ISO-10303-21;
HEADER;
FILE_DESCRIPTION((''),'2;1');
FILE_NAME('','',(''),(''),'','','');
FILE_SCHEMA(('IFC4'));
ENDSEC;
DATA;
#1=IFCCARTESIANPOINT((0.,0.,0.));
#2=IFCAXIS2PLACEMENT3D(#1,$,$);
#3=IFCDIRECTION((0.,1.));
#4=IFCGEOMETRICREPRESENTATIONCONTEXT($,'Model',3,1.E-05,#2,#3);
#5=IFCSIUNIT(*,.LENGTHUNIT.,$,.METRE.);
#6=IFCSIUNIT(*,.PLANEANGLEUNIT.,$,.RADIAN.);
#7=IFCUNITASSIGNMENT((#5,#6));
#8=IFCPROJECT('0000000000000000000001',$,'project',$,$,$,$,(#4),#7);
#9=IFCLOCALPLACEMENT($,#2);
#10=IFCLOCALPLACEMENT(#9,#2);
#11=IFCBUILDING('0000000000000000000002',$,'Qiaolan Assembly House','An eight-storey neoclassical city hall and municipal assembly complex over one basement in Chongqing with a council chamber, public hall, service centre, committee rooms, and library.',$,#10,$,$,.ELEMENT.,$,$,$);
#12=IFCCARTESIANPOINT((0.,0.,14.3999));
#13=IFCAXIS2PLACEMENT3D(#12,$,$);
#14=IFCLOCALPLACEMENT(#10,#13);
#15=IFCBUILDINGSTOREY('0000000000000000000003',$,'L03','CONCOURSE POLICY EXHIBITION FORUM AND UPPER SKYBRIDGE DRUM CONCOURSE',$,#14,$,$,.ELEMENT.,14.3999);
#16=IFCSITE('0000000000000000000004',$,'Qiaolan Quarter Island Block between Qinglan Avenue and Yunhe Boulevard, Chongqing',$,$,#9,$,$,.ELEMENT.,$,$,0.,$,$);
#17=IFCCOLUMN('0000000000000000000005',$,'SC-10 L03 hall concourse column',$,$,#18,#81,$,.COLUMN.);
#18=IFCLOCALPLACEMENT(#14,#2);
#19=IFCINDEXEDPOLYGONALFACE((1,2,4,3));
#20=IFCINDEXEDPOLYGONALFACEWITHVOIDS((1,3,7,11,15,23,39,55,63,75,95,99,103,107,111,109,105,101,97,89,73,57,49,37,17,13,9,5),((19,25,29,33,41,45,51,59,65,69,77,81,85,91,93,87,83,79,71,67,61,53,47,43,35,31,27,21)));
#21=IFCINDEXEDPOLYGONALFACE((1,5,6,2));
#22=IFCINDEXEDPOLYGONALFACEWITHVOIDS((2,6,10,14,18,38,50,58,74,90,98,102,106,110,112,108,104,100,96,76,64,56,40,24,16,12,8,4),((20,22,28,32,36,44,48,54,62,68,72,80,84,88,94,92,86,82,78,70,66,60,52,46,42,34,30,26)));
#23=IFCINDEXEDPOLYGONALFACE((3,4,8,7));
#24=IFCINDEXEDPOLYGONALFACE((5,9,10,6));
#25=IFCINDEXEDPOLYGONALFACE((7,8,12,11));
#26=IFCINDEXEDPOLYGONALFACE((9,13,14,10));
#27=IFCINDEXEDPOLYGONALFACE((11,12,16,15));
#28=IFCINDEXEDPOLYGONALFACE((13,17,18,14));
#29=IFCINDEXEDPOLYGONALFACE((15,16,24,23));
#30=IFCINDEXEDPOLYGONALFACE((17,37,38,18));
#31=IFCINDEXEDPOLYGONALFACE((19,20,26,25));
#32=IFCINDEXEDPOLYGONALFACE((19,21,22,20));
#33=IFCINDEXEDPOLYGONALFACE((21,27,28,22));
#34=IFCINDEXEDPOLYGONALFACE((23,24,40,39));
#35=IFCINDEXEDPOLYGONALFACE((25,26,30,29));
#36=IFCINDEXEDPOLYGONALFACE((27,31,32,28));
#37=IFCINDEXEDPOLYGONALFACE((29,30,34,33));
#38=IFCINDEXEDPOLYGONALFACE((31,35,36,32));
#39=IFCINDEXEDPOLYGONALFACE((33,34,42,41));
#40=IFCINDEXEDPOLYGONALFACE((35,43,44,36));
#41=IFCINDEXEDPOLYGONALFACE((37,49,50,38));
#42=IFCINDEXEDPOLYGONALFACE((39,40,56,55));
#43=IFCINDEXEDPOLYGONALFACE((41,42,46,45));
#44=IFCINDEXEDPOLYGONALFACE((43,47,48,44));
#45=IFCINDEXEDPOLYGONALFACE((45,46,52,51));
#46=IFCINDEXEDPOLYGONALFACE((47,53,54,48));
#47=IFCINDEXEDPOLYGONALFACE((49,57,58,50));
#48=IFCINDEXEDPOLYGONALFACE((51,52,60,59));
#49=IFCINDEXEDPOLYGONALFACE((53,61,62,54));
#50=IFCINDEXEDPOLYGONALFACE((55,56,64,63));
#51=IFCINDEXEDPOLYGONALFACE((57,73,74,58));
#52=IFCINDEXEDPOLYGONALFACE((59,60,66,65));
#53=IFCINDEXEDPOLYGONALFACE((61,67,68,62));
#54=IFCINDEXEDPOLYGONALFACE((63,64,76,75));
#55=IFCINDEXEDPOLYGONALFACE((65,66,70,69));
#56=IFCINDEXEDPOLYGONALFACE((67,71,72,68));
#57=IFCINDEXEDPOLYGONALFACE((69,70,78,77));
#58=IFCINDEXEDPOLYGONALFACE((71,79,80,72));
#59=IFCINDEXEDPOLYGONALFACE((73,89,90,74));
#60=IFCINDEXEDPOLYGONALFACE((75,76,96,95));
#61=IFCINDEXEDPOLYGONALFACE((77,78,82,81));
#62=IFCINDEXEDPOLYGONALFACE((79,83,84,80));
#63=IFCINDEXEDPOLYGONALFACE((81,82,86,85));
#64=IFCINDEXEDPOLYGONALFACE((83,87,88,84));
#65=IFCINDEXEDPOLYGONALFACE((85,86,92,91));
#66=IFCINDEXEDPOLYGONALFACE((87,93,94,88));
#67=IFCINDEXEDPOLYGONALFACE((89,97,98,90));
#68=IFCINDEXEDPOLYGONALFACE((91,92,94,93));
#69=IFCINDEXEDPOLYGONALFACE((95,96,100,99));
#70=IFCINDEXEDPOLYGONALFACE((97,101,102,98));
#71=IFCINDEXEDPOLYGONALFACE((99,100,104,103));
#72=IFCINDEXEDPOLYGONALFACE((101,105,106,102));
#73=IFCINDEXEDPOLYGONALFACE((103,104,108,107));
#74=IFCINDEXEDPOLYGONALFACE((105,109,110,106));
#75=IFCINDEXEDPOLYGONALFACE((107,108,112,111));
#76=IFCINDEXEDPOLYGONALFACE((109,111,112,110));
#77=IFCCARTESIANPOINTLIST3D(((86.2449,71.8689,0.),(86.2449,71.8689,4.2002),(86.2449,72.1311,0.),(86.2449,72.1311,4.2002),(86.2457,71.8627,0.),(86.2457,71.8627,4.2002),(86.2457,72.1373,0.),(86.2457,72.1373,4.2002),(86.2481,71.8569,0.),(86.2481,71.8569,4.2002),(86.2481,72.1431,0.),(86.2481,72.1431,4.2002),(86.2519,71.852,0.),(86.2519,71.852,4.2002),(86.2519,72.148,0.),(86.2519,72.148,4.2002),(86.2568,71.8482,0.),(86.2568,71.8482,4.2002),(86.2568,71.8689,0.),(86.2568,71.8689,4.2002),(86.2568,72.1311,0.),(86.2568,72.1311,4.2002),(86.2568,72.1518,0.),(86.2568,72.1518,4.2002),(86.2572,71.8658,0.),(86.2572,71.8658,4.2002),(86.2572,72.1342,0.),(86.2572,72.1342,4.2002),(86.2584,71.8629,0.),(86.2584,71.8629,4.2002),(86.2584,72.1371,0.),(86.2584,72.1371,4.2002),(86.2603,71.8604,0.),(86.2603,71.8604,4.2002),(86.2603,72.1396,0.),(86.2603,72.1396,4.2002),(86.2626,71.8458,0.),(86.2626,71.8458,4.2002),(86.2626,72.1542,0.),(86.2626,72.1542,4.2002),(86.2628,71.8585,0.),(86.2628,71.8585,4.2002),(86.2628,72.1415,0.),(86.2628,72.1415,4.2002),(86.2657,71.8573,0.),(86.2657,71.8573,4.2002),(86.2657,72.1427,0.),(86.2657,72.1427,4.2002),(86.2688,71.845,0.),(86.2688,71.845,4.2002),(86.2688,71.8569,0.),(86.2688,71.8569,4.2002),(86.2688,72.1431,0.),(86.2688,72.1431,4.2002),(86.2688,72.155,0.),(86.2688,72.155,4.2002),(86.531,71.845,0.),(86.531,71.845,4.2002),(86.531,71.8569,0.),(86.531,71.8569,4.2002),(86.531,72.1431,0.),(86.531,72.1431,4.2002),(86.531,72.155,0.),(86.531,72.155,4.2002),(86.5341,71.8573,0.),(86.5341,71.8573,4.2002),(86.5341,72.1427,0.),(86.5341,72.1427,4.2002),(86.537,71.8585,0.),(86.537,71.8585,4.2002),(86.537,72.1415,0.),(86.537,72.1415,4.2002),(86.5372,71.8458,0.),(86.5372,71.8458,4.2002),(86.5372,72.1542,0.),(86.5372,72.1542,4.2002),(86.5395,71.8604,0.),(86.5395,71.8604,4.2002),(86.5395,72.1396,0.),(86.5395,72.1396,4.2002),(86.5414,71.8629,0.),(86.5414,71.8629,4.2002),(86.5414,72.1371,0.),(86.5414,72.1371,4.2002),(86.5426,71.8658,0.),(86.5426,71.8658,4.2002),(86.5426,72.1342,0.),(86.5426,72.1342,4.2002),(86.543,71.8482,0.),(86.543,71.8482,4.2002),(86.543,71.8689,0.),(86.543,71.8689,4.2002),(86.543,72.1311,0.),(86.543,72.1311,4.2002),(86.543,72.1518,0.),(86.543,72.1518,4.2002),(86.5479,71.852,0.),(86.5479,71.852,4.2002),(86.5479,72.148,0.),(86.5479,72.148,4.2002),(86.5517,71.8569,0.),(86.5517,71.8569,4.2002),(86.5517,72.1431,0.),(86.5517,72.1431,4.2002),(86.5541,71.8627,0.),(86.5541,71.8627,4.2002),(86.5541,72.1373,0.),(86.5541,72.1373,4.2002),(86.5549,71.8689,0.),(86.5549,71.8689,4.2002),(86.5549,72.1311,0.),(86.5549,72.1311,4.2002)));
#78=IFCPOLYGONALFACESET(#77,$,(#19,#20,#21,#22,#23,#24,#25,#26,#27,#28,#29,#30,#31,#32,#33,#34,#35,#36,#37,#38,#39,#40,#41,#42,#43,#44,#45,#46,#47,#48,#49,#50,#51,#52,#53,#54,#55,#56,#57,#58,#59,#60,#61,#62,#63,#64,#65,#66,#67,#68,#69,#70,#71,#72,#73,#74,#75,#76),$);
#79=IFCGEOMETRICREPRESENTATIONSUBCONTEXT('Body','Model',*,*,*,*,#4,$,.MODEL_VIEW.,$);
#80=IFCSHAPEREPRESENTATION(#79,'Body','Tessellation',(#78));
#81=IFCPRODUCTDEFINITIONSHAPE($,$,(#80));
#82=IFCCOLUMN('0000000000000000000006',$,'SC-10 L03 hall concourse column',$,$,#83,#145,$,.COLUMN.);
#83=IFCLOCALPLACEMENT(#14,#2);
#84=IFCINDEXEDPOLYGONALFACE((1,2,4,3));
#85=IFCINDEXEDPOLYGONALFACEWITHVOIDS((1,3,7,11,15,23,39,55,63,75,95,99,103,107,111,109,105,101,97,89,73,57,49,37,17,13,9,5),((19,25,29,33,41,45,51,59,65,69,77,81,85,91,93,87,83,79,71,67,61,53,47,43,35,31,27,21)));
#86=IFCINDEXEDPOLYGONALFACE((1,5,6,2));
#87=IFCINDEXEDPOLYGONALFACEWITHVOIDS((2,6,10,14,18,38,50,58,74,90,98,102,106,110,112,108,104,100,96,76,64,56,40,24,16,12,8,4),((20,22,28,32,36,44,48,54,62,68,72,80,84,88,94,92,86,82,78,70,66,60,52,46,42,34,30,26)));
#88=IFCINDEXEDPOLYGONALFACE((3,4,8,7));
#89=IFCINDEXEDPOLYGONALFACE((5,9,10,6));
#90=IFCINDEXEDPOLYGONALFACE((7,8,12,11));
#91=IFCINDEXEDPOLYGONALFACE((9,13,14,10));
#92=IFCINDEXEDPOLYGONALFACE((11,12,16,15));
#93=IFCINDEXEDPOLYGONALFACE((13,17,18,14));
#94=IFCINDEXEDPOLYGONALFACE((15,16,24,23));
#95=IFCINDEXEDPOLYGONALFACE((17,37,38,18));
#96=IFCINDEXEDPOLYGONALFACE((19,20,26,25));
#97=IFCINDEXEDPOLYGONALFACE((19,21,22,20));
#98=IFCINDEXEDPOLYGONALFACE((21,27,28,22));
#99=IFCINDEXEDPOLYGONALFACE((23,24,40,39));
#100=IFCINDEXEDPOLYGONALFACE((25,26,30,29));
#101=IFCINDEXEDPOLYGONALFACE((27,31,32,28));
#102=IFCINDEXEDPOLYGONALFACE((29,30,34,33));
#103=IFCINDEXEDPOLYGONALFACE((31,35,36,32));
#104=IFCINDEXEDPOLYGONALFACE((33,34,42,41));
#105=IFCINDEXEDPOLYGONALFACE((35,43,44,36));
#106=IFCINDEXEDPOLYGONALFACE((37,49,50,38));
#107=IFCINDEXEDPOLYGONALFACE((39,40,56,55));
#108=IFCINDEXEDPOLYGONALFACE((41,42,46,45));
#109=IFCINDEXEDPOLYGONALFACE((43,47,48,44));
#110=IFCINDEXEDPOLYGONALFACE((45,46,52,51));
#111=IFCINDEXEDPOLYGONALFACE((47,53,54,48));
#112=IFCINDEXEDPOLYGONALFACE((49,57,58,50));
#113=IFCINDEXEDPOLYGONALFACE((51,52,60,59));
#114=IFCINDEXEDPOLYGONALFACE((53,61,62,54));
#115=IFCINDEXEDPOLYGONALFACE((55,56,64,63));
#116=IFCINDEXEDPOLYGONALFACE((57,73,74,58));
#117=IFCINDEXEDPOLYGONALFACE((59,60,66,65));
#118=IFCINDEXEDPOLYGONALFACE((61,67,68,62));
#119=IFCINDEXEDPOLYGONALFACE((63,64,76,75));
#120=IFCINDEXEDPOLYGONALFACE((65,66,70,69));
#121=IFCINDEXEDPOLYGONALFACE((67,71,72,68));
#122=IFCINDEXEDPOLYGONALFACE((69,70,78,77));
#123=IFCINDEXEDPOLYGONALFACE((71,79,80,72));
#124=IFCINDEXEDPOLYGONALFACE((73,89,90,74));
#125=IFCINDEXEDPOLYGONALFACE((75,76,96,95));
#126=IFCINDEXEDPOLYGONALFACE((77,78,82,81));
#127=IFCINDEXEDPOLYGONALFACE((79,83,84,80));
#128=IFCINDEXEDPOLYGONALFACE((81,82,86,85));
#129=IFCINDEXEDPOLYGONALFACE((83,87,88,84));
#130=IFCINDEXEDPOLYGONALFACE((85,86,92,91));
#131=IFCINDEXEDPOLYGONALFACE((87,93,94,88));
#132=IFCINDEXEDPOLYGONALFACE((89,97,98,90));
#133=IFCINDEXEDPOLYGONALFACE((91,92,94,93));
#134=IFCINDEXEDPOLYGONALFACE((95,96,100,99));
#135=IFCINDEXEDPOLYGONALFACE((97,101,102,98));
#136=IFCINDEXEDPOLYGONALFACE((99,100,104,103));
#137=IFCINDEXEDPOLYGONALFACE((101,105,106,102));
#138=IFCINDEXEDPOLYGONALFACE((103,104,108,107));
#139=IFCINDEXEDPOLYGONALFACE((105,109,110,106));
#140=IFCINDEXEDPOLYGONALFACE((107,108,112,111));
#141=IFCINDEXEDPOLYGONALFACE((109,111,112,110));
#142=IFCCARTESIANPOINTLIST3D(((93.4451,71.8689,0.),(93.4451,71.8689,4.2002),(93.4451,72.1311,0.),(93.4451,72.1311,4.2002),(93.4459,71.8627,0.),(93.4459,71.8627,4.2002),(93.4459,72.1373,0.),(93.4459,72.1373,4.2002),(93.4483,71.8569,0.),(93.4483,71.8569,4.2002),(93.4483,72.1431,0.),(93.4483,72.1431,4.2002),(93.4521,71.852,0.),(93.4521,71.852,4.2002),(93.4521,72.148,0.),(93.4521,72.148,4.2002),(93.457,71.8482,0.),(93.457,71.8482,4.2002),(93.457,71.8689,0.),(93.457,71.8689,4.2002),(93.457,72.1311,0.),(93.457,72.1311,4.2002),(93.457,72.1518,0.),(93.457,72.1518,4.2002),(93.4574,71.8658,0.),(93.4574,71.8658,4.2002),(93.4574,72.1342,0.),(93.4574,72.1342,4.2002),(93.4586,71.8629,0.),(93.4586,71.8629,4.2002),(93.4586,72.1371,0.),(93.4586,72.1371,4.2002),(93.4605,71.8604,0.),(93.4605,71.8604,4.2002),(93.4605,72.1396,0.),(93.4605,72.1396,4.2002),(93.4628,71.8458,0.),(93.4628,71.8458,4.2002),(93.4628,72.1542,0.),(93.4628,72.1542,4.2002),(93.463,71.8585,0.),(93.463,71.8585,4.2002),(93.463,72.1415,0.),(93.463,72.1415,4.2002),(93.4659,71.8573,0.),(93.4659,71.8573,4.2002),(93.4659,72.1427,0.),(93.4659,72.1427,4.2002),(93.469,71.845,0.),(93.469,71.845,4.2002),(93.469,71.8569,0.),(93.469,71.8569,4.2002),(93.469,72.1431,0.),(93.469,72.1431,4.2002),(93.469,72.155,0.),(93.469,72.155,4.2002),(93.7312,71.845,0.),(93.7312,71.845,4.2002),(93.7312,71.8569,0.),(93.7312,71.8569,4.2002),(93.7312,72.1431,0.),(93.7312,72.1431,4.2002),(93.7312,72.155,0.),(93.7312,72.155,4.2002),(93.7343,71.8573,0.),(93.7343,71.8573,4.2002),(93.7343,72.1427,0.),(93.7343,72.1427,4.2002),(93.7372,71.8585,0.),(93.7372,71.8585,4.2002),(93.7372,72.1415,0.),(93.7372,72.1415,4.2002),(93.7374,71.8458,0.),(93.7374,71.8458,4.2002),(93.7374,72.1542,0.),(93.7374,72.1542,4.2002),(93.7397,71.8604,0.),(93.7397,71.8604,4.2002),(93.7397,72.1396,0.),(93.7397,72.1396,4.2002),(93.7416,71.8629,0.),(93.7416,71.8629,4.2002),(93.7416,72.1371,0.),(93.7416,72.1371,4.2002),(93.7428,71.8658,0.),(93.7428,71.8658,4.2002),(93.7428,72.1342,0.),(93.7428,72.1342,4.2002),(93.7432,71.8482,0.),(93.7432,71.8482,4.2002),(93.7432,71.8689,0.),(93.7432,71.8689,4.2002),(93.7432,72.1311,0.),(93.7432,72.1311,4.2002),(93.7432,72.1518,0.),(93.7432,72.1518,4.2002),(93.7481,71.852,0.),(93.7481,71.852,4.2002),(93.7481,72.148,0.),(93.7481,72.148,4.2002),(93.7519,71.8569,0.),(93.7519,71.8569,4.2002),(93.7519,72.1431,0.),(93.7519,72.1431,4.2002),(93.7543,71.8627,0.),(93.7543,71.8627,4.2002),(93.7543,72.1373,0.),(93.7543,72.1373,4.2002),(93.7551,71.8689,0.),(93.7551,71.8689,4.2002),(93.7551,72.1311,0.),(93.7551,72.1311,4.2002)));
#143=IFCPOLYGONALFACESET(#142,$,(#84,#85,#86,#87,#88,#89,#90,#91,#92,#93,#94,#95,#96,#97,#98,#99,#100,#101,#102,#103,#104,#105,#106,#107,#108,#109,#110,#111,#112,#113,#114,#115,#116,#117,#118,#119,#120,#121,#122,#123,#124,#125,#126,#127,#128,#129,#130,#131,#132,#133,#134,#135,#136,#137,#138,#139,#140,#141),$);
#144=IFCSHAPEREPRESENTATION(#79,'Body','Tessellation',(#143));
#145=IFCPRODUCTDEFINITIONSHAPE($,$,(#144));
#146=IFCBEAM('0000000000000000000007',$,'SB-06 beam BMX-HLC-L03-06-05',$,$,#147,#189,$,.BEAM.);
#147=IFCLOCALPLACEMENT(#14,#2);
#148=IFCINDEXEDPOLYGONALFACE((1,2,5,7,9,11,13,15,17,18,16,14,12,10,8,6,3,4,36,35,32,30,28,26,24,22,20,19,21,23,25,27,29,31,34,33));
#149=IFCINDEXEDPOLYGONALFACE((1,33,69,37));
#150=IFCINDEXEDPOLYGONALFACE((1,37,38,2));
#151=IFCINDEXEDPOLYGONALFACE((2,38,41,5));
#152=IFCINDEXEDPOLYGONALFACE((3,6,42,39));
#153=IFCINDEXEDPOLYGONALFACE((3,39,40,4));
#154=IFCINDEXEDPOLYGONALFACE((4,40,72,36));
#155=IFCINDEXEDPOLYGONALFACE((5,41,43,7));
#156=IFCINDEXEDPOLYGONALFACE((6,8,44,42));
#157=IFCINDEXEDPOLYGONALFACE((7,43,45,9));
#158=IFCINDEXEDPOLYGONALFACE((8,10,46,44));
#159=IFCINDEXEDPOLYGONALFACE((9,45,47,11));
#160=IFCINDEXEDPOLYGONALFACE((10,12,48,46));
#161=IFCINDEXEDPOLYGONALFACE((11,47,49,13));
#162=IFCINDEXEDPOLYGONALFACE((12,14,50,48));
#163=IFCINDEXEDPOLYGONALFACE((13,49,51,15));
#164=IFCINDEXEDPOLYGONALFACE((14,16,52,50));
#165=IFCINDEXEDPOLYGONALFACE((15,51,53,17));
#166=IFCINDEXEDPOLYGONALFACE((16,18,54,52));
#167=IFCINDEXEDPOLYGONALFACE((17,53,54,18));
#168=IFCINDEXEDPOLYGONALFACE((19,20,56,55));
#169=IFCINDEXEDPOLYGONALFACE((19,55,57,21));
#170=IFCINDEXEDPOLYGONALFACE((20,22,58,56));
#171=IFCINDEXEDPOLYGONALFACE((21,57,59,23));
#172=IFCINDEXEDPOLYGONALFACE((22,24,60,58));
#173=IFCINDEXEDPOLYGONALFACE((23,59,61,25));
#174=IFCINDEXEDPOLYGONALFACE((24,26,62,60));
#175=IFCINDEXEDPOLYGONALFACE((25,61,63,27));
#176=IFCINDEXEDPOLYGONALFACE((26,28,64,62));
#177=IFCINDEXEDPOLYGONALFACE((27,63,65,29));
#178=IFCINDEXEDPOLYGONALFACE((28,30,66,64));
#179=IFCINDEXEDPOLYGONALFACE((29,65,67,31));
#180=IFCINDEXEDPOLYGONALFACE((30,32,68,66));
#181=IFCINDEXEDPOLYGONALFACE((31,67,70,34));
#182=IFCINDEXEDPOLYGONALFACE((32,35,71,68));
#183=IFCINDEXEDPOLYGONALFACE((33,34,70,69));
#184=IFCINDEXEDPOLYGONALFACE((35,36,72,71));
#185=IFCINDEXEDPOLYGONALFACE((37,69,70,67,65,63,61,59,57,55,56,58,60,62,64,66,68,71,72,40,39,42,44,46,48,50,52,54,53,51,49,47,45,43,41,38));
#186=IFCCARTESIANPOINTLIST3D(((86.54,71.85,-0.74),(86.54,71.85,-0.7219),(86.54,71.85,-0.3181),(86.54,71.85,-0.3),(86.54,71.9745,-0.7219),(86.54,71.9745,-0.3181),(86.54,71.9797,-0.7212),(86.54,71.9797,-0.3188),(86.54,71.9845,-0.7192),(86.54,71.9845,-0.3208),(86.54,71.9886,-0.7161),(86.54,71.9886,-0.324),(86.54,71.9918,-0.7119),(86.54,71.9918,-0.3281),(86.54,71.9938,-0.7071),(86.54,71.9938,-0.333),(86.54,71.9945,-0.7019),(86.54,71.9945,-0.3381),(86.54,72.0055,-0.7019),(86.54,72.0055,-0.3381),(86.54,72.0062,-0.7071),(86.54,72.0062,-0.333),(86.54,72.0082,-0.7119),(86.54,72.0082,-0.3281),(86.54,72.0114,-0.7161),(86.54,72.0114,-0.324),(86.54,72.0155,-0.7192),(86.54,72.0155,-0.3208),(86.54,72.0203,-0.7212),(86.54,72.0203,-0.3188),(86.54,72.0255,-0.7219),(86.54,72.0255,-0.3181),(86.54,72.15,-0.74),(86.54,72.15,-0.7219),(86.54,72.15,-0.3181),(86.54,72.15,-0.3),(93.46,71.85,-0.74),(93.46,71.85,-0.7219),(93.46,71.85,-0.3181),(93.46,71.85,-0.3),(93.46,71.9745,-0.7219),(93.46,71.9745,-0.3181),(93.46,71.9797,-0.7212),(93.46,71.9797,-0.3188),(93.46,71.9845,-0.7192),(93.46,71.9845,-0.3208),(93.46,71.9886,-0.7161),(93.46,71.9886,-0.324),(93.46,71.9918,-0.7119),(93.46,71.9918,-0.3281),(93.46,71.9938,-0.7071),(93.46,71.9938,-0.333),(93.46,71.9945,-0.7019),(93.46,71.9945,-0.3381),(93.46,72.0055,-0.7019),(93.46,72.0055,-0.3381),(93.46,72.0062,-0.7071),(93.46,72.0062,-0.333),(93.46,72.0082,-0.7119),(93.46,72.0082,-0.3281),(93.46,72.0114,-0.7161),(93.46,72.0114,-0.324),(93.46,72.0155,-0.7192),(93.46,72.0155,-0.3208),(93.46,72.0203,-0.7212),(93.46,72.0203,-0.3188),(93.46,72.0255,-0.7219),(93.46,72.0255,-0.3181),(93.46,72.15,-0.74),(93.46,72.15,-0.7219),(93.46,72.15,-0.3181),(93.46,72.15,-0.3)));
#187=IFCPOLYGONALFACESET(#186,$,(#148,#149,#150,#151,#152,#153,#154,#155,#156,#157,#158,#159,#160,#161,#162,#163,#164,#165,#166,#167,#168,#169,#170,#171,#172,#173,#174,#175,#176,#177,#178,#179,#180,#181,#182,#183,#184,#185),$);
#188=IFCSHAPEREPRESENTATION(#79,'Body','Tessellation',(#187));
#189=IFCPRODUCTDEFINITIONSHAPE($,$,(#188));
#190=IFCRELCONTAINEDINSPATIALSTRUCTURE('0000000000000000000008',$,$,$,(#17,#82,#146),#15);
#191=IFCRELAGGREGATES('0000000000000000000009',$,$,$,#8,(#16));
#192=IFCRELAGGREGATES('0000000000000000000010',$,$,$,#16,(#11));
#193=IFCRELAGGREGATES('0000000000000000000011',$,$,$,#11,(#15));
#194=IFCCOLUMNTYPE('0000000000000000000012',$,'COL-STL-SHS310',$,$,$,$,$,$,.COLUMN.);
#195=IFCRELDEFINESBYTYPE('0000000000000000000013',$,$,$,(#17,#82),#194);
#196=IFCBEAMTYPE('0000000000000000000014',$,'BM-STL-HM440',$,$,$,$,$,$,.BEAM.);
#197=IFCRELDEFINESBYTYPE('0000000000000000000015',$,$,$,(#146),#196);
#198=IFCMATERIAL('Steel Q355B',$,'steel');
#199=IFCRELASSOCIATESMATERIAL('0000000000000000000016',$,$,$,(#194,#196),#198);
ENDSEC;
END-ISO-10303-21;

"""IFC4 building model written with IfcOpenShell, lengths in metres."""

from ifc_helpers import new_model, si_unit, direction, frame, origin, origin_2d, place, context, subcontext, project, spatial, hollow_rectangle, i_section, extrude, material, material_profile, profile_set, type_object, element, save


model = new_model("IFC4")

# Units and contexts
model_context = context("Model", 3, precision=1e-05, world=origin(), true_north=direction((0.0, 1.0)))
body_context = subcontext(model_context, "Body", "Model", "MODEL_VIEW")
ifc_project = project(units=[si_unit("LENGTHUNIT", "METRE"), si_unit("PLANEANGLEUNIT", "RADIAN")], contexts=[model_context])

# Site, building, storey
site_placement = place(None, origin())
site = spatial("IfcSite", under=ifc_project, at=site_placement, Name="Qiaolan Quarter Island Block between Qinglan Avenue and Yunhe Boulevard, Chongqing", CompositionType="ELEMENT", RefElevation=0.0)
building_placement = place(site_placement, origin())
building = spatial("IfcBuilding", under=site, at=building_placement, Name="Qiaolan Assembly House", Description="An eight-storey neoclassical city hall and municipal assembly complex over one basement in Chongqing with a council chamber, public hall, service centre, committee rooms, and library.", CompositionType="ELEMENT")
storey_placement = place(building_placement, frame((0.0, 0.0, 14.3999)))
storey = spatial("IfcBuildingStorey", under=building, at=storey_placement, Name="L03", Description="CONCOURSE POLICY EXHIBITION FORUM AND UPPER SKYBRIDGE DRUM CONCOURSE", CompositionType="ELEMENT", Elevation=14.3999)

# Columns
ifc_material_1 = material(Name="Steel Q355B", Category="steel")
ifc_material_profile_1 = material_profile(ifc_material_1, hollow_rectangle(XDim=0.3101, YDim=0.3101, WallThickness=0.012, InnerFilletRadius=0.012, OuterFilletRadius=0.0239, at=origin_2d()), Name="SHS 310x310x12")
ifc_profile_set_1 = profile_set([ifc_material_profile_1], Name="Steel Q355B")
column_type = type_object("IfcColumnType", Name="COL-STL-SHS310", PredefinedType="COLUMN", material=ifc_profile_set_1)
for number, where, z_axis, x_axis, name in (
    (1, (86.3999, 72.0, 0.0), (0.0, 0.0, 1.0), (1.0, 0.0, 0.0), "SC-10 L03 hall concourse column"),
    (2, (93.6001, 72.0, 0.0), (0.0, 0.0, 1.0), (1.0, 0.0, 0.0), "SC-10 L03 hall concourse column"),
):
    element("IfcColumn", number, at=place(storey_placement, frame(where, z_axis=z_axis, x_axis=x_axis)), inside=storey, type_object=column_type, Name=name, PredefinedType="COLUMN", context=body_context, shape_type="SweptSolid", body=[
        extrude(hollow_rectangle(XDim=0.3101, YDim=0.3101, WallThickness=0.012, InnerFilletRadius=0.012, OuterFilletRadius=0.0239, at=origin_2d()), origin(), (0.0, 0.0, 1.0), 4.2002),
    ])

# Beam
ifc_material_profile_2 = material_profile(ifc_material_1, i_section(OverallWidth=0.3, OverallDepth=0.4399, WebThickness=0.011, FlangeThickness=0.0181, FilletRadius=0.02, at=origin_2d()), Name="HM 440x300x11x18")
ifc_profile_set_2 = profile_set([ifc_material_profile_2], Name="Steel Q355B")
beam_type_1 = type_object("IfcBeamType", Name="BM-STL-HM440", PredefinedType="BEAM", material=ifc_profile_set_2)
beam_placement = place(storey_placement, frame((86.54, 72.0, -0.52), z_axis=(1.0, 0.0, 0.0), x_axis=(0.0, 1.0, 0.0)))
element("IfcBeam", 3, at=beam_placement, inside=storey, type_object=beam_type_1, Name="SB-06 beam BMX-HLC-L03-06-05", PredefinedType="BEAM", context=body_context, shape_type="SweptSolid", body=[
    extrude(i_section(OverallWidth=0.3, OverallDepth=0.4399, WebThickness=0.011, FlangeThickness=0.0181, FilletRadius=0.02, at=origin_2d()), origin(), (0.0, 0.0, 1.0), 6.9199),
])

save(model, "model.ifc")
